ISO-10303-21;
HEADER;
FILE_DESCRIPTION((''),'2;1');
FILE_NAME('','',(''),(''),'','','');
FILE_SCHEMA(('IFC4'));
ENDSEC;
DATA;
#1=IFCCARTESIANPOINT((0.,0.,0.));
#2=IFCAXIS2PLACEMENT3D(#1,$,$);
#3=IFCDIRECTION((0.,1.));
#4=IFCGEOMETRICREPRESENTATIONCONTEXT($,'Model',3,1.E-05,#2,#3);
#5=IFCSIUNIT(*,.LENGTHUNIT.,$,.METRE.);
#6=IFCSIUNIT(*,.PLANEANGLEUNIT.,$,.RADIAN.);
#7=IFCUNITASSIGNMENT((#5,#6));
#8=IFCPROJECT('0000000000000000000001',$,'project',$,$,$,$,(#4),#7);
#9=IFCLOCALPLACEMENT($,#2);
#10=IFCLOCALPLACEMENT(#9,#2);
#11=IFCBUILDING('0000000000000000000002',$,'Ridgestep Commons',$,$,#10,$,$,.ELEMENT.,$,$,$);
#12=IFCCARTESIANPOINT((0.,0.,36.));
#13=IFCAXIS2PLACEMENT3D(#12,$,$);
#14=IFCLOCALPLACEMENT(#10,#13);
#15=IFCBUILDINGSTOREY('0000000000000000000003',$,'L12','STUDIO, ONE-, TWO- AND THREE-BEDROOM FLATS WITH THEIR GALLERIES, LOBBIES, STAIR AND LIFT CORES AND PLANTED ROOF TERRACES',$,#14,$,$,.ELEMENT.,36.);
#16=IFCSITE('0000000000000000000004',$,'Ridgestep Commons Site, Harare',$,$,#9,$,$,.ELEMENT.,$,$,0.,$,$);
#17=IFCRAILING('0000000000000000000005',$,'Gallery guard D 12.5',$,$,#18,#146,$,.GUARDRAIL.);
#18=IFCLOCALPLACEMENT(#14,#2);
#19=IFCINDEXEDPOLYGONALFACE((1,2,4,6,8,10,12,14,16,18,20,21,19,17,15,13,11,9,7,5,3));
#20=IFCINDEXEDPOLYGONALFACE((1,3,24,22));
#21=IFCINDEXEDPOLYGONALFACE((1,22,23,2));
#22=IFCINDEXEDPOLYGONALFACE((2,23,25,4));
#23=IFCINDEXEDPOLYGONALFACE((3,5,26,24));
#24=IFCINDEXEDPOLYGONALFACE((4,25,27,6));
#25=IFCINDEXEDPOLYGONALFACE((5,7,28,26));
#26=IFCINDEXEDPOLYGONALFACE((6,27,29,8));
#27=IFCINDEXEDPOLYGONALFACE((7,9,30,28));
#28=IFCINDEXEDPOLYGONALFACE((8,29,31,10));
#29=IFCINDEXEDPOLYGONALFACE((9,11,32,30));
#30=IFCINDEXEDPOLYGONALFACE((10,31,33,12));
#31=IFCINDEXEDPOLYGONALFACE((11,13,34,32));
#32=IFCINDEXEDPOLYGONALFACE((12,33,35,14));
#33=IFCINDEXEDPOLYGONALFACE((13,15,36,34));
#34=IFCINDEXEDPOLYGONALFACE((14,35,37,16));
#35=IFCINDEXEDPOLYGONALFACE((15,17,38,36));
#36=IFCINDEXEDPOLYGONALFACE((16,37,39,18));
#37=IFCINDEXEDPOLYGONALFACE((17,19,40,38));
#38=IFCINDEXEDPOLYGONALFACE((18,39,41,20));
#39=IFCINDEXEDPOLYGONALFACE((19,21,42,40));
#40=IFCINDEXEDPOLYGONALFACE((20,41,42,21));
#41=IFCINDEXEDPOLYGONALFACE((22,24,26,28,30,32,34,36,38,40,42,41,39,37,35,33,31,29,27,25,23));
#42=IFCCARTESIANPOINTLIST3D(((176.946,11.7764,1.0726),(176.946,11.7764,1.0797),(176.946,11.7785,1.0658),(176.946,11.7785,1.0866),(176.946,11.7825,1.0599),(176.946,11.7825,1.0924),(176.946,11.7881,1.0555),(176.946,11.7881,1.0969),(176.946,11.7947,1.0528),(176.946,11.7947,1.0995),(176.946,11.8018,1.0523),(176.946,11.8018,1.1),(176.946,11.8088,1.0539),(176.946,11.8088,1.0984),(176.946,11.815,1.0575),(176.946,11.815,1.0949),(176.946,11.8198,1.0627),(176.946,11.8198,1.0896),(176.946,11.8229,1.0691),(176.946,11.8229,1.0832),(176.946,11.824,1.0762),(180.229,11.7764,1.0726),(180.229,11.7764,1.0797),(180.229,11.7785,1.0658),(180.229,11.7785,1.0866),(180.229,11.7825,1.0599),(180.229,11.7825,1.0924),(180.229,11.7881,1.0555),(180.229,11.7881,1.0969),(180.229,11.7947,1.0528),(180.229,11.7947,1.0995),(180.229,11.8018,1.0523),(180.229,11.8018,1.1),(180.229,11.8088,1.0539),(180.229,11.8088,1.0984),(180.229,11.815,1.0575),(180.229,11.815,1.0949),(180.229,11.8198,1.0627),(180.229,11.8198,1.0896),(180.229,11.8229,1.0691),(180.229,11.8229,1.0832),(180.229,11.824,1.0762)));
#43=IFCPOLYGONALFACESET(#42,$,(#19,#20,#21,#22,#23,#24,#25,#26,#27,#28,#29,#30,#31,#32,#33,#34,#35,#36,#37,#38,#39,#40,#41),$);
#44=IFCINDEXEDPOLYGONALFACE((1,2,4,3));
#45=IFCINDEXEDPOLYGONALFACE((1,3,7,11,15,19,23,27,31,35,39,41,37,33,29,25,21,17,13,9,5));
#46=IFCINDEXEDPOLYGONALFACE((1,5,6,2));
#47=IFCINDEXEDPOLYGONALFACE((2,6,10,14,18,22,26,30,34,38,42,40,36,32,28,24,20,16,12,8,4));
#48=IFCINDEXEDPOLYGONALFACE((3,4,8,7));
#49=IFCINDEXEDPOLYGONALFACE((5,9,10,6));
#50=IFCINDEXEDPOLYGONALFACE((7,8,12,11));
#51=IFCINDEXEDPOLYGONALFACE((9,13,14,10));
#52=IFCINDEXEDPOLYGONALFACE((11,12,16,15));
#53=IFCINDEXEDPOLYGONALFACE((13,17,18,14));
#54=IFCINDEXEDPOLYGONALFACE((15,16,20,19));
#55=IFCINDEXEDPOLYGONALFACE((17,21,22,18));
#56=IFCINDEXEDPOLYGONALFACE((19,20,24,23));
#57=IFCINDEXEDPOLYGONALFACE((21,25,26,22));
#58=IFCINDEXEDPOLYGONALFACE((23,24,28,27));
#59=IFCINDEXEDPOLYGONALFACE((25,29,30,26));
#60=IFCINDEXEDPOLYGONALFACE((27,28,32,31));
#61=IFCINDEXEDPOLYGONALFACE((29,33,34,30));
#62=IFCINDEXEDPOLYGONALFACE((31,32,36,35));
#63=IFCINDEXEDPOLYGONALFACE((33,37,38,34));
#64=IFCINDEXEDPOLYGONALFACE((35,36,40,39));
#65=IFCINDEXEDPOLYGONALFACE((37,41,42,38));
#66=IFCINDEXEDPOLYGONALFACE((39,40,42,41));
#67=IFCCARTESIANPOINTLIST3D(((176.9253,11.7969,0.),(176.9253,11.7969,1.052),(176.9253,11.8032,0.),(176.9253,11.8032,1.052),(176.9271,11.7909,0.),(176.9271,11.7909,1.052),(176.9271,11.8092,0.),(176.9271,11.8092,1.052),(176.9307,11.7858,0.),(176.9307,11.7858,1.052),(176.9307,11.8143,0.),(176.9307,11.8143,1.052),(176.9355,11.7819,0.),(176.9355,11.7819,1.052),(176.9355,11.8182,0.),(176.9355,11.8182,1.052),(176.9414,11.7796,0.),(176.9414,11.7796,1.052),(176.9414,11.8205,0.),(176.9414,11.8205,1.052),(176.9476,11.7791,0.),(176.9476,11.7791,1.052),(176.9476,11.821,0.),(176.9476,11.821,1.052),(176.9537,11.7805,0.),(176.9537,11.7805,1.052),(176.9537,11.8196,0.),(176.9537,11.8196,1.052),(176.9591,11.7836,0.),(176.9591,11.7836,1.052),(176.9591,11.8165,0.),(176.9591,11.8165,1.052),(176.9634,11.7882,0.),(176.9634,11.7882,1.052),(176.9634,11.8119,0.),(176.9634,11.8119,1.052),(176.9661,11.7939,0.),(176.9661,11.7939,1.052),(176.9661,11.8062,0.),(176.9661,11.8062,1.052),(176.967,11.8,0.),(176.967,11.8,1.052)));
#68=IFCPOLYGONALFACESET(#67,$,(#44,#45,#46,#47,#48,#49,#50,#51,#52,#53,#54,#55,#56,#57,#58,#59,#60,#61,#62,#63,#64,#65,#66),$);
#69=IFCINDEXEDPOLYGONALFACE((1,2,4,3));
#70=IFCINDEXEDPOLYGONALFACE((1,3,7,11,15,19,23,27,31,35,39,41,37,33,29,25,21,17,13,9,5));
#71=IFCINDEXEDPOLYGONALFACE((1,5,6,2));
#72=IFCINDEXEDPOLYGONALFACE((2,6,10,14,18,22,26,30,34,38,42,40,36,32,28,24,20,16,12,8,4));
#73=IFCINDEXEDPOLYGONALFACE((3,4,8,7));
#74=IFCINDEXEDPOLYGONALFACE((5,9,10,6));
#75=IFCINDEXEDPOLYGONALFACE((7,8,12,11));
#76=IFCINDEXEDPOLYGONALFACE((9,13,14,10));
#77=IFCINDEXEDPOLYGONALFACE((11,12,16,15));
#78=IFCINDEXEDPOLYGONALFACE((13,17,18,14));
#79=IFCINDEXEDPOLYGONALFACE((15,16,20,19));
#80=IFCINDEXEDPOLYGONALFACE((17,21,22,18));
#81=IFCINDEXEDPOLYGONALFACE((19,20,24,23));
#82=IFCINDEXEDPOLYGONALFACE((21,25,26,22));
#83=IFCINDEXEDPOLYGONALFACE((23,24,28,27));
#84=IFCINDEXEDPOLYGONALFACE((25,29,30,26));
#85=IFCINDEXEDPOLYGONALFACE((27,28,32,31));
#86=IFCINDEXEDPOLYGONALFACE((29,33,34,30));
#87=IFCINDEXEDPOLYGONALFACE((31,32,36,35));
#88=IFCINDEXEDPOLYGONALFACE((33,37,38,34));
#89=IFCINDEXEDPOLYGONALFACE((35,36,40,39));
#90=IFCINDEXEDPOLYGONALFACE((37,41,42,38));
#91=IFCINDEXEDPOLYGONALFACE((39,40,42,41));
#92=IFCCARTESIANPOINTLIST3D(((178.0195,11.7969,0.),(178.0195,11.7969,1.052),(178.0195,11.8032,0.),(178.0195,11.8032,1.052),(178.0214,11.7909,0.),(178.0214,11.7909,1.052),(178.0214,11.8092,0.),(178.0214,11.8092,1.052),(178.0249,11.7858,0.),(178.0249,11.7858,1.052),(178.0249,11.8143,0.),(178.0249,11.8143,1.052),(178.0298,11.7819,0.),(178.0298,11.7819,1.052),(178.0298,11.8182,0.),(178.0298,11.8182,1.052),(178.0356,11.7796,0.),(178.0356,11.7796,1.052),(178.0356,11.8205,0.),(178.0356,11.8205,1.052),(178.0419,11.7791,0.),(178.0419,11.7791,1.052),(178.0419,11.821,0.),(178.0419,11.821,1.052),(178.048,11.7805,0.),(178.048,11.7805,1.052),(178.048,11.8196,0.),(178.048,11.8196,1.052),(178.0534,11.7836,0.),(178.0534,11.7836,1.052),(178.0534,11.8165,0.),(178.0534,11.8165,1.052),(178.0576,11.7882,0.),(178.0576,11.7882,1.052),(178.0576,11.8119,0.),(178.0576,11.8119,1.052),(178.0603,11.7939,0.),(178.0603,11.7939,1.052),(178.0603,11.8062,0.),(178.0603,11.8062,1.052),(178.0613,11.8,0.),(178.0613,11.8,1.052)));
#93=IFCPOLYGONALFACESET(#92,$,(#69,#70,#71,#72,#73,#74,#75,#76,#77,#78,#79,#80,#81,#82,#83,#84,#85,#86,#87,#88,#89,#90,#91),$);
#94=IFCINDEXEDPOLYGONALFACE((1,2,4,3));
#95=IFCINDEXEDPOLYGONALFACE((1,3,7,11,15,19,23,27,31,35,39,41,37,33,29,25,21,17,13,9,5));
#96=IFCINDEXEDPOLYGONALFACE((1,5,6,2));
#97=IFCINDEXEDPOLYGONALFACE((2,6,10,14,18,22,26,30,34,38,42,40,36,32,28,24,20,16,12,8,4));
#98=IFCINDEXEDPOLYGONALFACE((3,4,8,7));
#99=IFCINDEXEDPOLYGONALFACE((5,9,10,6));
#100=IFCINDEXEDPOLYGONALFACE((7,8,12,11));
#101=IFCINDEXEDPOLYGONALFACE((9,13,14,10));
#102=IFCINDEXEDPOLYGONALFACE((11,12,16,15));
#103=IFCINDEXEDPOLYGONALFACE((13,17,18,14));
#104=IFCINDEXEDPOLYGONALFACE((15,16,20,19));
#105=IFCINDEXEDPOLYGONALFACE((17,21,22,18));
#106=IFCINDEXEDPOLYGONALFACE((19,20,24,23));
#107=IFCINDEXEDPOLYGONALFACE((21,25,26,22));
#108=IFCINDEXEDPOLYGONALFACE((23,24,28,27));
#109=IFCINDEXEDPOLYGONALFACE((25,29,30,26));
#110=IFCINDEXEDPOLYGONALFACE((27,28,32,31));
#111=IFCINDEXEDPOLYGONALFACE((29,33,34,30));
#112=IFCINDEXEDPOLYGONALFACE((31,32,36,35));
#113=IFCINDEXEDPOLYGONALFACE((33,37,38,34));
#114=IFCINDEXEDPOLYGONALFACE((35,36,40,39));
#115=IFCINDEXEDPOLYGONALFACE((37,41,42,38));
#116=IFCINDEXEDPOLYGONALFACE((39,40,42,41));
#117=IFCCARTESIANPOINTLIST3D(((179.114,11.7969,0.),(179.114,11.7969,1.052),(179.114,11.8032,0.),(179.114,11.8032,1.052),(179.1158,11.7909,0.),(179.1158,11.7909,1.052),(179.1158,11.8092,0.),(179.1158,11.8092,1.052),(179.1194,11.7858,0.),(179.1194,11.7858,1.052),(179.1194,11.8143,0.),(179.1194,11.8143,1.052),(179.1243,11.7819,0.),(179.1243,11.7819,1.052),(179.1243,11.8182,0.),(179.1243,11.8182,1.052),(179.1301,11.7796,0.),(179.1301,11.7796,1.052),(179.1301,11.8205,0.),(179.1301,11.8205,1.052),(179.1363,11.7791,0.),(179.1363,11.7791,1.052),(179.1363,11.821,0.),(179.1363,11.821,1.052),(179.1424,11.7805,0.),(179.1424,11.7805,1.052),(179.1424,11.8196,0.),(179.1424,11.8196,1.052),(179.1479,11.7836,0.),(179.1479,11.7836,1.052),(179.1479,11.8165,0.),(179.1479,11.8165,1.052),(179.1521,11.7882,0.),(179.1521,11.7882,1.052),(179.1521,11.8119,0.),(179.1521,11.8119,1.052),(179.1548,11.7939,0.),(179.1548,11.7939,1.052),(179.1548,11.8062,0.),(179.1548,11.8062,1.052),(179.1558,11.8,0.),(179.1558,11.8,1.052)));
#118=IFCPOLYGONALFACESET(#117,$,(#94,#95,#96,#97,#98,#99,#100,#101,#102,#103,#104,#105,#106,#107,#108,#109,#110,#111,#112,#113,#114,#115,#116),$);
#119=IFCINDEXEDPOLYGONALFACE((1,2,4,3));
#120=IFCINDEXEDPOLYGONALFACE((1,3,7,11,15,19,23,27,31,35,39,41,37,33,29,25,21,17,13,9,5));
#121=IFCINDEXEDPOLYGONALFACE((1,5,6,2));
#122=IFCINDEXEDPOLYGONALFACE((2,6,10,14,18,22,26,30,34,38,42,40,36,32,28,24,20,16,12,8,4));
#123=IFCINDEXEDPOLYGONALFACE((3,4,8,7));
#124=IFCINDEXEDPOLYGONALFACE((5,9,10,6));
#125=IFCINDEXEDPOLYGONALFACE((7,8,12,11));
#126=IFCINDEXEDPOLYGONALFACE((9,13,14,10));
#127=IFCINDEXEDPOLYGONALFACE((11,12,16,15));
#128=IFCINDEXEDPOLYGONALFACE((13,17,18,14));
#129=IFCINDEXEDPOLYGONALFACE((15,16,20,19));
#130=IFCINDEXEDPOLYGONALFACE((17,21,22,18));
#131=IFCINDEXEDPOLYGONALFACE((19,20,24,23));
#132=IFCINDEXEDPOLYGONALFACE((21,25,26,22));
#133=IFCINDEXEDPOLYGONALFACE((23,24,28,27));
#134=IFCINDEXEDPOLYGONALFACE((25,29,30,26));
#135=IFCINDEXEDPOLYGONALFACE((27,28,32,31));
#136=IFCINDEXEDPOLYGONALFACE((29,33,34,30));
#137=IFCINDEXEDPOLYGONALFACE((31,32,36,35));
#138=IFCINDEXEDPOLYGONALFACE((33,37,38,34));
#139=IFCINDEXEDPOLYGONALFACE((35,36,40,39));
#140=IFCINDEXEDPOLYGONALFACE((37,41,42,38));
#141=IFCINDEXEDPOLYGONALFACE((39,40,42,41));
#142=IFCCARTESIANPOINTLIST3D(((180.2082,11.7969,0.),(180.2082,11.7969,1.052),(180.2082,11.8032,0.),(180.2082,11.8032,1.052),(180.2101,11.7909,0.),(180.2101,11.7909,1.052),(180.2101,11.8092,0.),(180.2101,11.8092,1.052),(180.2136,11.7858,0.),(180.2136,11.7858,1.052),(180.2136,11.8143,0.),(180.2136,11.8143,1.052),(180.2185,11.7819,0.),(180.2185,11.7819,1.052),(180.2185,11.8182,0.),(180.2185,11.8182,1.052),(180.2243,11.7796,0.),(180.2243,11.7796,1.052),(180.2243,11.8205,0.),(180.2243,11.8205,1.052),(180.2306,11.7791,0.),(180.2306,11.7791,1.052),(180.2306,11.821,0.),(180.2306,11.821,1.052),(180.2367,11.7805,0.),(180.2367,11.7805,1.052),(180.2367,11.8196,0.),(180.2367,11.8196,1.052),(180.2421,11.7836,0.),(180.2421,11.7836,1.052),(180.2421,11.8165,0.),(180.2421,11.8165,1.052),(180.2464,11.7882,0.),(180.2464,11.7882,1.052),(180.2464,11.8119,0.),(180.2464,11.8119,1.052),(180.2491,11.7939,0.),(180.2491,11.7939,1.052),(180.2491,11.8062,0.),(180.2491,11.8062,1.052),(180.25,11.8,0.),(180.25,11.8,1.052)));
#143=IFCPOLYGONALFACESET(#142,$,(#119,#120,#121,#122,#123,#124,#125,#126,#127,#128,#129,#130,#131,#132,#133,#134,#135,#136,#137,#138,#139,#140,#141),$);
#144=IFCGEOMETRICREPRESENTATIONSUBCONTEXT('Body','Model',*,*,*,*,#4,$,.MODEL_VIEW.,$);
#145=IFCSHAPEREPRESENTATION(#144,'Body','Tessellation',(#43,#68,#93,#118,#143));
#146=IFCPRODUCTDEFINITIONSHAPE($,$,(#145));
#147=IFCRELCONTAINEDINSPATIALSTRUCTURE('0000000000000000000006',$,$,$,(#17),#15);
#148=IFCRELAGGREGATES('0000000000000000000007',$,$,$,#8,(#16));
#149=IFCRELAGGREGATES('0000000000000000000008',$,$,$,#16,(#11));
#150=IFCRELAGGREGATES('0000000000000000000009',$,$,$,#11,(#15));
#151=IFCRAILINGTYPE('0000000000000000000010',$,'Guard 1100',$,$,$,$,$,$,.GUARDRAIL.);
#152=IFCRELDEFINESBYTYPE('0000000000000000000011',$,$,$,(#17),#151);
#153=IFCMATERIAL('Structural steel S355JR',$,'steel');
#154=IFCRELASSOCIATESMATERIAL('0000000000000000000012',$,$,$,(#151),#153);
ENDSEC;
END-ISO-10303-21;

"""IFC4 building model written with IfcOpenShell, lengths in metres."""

from ifc_helpers import new_model, si_unit, direction, frame, origin, origin_2d, place, context, subcontext, project, spatial, circle, extrude, material, type_object, element, save


model = new_model("IFC4")

# Units and contexts
model_context = context("Model", 3, precision=1e-05, world=origin(), true_north=direction((0.0, 1.0)))
body_context = subcontext(model_context, "Body", "Model", "MODEL_VIEW")
ifc_project = project(units=[si_unit("LENGTHUNIT", "METRE"), si_unit("PLANEANGLEUNIT", "RADIAN")], contexts=[model_context])

# Site, building, storey
site_placement = place(None, origin())
site = spatial("IfcSite", under=ifc_project, at=site_placement, Name="Ridgestep Commons Site, Harare", CompositionType="ELEMENT", RefElevation=0.0)
building_placement = place(site_placement, origin())
building = spatial("IfcBuilding", under=site, at=building_placement, Name="Ridgestep Commons", CompositionType="ELEMENT")
storey_placement = place(building_placement, frame((0.0, 0.0, 36.0)))
storey = spatial("IfcBuildingStorey", under=building, at=storey_placement, Name="L12", Description="STUDIO, ONE-, TWO- AND THREE-BEDROOM FLATS WITH THEIR GALLERIES, LOBBIES, STAIR AND LIFT CORES AND PLANTED ROOF TERRACES", CompositionType="ELEMENT", Elevation=36.0)

# Railing
ifc_material_1 = material(Name="Structural steel S355JR", Category="steel")
railing_type = type_object("IfcRailingType", Name="Guard 1100", PredefinedType="GUARDRAIL", material=ifc_material_1)
for number, where, name in (
    (1, (176.946, 11.8, 0.0), "Gallery guard D 12.5"),
):
    element("IfcRailing", number, at=place(storey_placement, frame(where)), inside=storey, type_object=railing_type, Name=name, PredefinedType="GUARDRAIL", context=body_context, shape_type="SweptSolid", body=[
        extrude(circle(Radius=0.0239, at=origin_2d()), frame((0.0, 0.0, 1.0762), z_axis=(1.0, 0.0, 0.0), x_axis=(0.0, 1.0, 0.0)), (0.0, 0.0, 1.0), 3.283),
        extrude(circle(Radius=0.021, at=origin_2d()), origin(), (0.0, 0.0, 1.0), 1.052),
        extrude(circle(Radius=0.021, at=origin_2d()), frame((1.0942, 0.0, 0.0)), (0.0, 0.0, 1.0), 1.052),
        extrude(circle(Radius=0.021, at=origin_2d()), frame((2.1887, 0.0, 0.0)), (0.0, 0.0, 1.0), 1.052),
        extrude(circle(Radius=0.021, at=origin_2d()), frame((3.283, 0.0, 0.0)), (0.0, 0.0, 1.0), 1.052),
    ])

save(model, "model.ifc")
